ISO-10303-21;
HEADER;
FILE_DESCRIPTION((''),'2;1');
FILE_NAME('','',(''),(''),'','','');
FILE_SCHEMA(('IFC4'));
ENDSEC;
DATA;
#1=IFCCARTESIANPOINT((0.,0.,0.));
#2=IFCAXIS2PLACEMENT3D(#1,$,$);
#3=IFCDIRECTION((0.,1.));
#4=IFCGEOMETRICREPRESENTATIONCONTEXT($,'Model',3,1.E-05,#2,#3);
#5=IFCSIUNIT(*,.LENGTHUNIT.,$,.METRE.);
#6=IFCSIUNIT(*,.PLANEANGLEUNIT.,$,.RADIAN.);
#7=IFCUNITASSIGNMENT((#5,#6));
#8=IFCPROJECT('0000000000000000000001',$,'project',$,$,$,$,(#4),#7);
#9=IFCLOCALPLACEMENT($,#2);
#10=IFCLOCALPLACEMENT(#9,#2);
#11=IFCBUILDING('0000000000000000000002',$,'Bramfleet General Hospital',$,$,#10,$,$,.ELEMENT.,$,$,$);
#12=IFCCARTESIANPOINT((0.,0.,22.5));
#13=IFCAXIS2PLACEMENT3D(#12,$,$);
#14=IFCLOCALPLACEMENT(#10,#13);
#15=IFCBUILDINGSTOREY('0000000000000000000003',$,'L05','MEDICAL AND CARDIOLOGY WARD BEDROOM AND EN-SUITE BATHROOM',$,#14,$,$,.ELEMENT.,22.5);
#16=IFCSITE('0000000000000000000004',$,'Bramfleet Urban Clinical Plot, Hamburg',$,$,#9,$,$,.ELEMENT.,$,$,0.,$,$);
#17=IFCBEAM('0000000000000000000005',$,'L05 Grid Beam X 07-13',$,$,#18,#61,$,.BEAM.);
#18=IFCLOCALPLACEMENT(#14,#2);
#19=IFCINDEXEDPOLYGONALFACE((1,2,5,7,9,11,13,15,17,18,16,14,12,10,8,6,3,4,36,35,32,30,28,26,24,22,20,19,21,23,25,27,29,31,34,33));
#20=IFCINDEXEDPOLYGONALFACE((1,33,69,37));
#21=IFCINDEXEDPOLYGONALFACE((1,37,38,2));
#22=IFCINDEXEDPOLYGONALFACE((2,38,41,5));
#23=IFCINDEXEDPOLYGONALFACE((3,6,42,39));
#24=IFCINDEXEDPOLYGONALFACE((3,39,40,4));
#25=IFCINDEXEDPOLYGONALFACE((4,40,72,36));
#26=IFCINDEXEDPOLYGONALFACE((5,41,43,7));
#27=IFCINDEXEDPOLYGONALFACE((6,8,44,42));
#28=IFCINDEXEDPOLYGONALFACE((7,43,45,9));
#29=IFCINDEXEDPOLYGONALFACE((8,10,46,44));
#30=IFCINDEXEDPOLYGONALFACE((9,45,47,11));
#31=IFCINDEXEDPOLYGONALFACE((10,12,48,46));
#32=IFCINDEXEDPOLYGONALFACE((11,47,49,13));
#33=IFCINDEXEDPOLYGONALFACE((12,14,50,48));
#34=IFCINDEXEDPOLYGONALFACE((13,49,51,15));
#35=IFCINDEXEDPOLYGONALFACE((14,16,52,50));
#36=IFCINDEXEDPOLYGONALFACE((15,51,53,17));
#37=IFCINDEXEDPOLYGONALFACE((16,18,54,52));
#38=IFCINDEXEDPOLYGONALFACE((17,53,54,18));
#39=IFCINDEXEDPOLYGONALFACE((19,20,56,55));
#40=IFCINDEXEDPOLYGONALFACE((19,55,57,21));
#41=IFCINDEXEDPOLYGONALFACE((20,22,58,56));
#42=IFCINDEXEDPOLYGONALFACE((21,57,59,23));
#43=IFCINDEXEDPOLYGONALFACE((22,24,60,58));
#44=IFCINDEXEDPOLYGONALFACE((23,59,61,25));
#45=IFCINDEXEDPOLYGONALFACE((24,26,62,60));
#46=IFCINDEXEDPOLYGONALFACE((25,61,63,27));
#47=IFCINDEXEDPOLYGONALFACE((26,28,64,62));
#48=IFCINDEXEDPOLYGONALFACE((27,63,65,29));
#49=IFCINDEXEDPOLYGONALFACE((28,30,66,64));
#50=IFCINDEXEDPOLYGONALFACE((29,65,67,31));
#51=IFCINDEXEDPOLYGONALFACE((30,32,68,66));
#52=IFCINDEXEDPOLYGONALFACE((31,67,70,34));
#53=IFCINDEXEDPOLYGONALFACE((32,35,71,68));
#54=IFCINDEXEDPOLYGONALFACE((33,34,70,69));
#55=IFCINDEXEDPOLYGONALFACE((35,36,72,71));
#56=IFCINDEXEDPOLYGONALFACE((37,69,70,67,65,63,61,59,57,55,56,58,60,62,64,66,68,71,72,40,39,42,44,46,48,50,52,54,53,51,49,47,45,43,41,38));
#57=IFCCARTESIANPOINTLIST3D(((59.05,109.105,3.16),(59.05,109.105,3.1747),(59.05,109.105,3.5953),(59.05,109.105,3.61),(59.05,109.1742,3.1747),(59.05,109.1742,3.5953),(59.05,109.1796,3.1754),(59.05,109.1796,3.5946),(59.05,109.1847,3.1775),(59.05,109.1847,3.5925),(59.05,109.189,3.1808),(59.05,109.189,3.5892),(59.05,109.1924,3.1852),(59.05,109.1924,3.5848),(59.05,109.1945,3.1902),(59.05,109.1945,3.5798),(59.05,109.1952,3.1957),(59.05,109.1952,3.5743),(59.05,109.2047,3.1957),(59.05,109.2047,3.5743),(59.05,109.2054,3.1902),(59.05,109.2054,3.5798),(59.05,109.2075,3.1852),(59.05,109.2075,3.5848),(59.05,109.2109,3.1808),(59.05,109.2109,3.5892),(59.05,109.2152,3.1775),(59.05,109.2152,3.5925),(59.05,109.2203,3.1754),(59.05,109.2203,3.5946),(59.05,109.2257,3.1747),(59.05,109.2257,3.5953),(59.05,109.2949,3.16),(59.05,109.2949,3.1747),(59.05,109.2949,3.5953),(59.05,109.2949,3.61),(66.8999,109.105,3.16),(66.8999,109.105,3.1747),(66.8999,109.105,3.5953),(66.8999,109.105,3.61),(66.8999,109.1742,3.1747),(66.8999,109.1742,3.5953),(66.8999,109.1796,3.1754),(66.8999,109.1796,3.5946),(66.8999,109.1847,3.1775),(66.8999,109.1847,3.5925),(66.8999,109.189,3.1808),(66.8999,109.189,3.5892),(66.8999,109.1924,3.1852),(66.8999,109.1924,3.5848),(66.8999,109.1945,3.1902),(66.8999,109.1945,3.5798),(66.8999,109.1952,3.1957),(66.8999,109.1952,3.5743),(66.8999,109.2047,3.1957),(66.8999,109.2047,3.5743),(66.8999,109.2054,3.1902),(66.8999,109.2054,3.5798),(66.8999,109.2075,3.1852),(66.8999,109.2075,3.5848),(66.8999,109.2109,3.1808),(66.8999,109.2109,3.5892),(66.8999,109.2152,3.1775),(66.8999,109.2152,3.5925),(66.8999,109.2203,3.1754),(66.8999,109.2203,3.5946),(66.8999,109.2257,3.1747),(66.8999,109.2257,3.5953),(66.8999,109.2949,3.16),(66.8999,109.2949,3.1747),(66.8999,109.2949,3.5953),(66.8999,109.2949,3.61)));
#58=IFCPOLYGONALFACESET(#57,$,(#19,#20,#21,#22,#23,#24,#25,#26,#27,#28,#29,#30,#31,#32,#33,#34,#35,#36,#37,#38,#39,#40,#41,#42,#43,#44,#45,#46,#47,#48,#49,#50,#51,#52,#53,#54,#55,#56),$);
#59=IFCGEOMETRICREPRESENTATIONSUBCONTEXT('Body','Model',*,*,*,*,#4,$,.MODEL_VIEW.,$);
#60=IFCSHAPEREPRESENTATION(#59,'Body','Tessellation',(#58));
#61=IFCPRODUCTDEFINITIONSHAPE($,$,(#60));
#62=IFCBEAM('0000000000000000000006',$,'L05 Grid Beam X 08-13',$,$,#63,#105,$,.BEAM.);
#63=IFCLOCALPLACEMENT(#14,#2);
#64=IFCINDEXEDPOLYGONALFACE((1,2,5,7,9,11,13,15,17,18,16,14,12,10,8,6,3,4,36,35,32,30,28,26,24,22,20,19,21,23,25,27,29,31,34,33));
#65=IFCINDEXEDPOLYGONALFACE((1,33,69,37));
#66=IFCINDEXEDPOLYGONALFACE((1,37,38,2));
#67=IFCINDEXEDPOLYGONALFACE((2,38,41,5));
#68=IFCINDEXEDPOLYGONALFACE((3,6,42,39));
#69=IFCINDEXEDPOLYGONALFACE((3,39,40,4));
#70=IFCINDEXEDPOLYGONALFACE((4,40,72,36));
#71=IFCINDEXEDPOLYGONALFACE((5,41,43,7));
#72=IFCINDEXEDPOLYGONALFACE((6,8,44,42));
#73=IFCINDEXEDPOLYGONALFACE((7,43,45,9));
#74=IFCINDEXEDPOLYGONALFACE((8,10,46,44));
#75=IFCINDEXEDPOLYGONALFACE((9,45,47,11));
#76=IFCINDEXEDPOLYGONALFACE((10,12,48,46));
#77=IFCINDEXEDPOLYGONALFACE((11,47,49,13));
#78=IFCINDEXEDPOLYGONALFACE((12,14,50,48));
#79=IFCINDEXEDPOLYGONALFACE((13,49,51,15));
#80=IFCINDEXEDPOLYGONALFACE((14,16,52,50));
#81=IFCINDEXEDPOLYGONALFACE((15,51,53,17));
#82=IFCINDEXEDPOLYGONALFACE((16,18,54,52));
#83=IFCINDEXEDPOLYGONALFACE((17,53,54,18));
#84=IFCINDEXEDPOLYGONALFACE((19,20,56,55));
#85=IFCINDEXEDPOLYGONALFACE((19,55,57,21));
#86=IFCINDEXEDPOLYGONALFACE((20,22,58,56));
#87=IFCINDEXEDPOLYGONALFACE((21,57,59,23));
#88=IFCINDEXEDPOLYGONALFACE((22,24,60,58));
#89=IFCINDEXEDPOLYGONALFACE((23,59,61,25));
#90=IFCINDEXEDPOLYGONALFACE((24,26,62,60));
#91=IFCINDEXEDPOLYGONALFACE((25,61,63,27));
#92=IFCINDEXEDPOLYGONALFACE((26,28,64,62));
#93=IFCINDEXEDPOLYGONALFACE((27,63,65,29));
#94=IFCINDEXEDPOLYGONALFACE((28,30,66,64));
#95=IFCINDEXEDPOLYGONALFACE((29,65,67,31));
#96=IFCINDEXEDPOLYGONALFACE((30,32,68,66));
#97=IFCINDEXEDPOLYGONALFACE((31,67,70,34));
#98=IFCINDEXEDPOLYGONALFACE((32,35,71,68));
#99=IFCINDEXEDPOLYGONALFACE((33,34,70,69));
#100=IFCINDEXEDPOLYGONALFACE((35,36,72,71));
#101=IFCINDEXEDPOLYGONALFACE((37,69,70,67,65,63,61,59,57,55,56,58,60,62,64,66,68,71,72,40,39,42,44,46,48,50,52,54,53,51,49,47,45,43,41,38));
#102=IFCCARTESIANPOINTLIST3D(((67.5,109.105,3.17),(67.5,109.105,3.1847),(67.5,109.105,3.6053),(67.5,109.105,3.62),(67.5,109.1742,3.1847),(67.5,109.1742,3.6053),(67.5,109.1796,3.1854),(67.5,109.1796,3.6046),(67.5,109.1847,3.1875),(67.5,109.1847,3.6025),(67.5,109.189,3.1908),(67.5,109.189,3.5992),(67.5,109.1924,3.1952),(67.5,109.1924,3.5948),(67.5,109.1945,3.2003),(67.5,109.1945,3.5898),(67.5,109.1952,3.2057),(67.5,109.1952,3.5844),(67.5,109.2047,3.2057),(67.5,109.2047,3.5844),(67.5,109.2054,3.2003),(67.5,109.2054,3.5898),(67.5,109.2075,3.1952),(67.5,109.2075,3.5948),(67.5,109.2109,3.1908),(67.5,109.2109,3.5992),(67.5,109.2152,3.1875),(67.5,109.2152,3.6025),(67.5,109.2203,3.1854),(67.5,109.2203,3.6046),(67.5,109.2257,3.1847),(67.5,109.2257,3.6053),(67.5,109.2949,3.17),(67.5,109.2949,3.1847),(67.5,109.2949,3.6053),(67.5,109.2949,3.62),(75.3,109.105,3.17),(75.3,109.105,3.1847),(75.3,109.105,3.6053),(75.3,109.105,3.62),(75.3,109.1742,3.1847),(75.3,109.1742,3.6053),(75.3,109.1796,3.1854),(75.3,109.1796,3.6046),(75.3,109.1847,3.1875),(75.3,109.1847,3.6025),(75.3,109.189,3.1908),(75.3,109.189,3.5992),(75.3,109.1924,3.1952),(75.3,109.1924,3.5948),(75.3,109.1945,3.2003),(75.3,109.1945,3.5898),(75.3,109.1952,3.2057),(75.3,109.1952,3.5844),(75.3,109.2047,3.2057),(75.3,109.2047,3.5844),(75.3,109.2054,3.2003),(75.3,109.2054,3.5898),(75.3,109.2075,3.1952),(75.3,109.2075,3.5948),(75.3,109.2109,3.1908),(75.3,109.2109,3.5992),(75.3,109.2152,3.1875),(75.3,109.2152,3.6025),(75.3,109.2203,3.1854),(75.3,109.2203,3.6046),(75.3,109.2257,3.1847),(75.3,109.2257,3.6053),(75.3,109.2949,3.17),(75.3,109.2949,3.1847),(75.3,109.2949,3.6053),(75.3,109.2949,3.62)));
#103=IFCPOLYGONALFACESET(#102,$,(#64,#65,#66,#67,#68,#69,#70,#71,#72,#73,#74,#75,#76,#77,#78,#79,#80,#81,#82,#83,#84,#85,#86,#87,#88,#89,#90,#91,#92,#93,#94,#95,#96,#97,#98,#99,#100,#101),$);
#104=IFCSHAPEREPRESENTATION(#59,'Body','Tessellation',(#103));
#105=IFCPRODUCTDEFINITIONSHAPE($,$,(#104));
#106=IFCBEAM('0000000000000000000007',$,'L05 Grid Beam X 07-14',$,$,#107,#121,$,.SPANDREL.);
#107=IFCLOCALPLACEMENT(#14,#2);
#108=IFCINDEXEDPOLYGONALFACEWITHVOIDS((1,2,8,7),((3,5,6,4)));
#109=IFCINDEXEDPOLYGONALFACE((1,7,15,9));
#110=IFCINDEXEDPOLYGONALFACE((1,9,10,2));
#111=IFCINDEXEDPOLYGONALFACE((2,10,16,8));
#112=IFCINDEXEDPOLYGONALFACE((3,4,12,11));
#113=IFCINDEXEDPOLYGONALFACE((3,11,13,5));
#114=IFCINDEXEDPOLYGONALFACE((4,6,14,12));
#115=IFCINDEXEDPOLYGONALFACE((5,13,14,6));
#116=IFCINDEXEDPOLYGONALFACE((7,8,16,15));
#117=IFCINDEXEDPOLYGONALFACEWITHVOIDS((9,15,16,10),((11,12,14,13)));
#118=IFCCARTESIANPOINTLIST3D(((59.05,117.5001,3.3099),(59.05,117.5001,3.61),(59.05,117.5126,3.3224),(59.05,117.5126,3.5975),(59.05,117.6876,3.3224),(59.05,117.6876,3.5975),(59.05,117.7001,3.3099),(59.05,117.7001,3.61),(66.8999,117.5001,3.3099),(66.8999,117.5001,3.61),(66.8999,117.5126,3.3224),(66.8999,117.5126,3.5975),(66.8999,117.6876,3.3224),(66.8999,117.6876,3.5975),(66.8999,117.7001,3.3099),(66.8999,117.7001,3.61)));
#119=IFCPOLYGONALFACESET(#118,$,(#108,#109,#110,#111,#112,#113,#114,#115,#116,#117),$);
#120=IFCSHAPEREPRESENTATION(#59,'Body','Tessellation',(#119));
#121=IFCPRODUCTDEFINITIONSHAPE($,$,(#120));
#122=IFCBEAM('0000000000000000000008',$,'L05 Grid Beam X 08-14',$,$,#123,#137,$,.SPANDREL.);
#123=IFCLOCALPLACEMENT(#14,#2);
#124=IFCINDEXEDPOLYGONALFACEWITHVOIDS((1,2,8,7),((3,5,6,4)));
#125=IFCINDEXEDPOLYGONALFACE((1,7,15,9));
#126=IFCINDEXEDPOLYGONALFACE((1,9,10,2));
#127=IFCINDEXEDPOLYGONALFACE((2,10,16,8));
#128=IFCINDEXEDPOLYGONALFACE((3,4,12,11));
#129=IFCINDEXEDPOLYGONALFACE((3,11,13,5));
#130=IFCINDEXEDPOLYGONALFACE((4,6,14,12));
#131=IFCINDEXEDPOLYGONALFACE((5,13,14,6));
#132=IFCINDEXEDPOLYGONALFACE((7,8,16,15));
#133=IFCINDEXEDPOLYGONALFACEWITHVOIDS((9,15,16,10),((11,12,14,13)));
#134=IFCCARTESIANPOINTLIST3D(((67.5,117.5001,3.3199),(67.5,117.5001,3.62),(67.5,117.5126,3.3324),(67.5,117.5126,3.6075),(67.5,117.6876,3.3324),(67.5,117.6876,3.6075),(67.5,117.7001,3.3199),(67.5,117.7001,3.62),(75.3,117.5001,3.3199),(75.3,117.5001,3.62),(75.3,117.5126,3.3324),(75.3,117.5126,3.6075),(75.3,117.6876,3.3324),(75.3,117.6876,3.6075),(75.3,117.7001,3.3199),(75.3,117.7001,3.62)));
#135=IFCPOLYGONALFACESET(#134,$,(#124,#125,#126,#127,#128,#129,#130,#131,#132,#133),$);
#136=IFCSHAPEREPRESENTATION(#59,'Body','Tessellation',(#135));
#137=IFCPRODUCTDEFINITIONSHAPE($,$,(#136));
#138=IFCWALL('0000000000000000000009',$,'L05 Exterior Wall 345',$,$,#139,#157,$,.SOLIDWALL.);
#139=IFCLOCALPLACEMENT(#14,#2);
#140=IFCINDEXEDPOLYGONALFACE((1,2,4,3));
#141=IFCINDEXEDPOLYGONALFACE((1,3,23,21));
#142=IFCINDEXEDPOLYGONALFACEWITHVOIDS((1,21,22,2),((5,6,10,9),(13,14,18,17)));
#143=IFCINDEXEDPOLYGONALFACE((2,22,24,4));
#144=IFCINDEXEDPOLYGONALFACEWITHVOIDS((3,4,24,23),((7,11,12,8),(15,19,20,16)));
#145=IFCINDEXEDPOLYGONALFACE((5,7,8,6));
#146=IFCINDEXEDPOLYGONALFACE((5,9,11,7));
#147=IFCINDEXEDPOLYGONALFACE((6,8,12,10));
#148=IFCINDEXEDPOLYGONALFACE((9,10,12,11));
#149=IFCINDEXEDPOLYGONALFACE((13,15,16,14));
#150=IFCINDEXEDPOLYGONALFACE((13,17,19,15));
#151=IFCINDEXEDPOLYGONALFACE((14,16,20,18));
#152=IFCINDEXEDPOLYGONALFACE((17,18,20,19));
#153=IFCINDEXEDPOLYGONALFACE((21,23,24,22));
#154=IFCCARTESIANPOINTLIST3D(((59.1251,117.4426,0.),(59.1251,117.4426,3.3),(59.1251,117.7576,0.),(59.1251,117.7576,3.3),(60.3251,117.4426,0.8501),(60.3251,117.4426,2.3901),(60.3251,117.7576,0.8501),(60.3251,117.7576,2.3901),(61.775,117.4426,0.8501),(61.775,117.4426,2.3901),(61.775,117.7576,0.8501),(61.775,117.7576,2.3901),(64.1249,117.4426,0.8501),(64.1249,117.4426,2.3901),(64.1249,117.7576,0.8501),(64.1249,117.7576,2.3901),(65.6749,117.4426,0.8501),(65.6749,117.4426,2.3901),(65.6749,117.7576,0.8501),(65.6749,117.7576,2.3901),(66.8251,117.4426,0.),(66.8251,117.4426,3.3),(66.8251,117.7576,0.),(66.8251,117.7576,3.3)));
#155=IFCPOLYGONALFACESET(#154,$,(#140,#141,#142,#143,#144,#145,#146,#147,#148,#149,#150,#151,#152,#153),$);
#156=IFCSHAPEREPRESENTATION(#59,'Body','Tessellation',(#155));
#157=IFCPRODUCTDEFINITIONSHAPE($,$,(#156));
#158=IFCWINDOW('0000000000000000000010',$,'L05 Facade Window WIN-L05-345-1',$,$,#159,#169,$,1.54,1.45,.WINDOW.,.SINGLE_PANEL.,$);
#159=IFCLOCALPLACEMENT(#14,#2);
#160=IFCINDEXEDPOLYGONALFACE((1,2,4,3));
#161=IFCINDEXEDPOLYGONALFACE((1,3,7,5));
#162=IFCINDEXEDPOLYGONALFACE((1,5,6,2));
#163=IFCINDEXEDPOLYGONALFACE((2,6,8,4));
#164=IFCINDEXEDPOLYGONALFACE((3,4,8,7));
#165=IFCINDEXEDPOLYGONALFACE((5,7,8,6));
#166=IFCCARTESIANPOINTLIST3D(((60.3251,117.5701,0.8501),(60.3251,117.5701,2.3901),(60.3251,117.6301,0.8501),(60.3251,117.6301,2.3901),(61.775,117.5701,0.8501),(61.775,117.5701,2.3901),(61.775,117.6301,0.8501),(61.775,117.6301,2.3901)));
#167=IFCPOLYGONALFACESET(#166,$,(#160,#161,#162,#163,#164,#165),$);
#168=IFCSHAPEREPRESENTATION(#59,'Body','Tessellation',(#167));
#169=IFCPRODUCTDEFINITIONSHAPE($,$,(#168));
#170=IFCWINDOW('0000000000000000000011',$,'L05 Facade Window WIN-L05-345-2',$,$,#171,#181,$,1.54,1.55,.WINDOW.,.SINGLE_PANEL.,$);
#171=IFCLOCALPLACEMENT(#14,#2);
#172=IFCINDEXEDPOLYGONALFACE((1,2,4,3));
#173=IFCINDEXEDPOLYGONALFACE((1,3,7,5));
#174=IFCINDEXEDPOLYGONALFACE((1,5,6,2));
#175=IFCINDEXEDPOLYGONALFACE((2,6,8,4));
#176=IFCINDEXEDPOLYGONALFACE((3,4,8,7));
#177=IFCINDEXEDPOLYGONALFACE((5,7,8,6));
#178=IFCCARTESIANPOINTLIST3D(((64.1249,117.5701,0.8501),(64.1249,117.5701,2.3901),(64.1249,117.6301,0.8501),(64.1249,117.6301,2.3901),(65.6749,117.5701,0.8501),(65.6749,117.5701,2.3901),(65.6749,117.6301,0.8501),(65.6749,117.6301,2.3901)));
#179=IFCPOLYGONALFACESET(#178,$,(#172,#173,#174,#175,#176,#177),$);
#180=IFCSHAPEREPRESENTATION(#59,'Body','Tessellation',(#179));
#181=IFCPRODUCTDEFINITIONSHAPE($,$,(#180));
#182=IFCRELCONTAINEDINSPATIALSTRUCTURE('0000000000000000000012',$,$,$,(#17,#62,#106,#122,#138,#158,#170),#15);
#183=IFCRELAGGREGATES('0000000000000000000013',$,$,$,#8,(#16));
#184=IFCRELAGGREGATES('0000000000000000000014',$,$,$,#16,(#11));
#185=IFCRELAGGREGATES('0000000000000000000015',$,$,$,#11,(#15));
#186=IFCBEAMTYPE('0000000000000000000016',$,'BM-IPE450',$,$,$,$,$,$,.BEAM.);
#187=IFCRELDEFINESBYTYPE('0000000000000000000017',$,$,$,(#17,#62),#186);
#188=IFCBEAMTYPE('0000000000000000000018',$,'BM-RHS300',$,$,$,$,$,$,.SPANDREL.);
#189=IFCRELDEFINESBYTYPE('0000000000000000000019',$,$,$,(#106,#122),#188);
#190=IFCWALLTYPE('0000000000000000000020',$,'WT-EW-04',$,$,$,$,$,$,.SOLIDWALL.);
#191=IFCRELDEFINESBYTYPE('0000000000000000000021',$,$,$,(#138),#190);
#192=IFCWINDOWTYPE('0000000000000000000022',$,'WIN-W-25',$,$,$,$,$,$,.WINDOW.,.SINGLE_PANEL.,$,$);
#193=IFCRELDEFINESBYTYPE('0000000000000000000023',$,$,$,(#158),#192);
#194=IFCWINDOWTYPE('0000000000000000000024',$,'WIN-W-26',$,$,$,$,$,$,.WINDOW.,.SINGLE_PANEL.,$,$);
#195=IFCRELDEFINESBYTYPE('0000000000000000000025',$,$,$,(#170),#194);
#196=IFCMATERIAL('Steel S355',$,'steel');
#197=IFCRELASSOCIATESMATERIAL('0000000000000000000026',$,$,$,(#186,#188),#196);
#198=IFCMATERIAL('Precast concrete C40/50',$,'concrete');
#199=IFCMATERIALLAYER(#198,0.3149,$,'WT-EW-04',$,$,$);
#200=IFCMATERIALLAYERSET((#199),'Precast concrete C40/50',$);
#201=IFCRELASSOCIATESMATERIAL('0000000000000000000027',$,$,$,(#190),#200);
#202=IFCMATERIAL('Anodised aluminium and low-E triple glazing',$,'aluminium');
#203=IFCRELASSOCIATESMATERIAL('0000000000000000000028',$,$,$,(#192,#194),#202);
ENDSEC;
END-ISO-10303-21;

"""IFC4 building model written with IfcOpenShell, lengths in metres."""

from ifc_helpers import new_model, si_unit, direction, frame, frame_2d, origin, origin_2d, place, context, subcontext, project, spatial, rectangle, hollow_rectangle, i_section, extrude, material, layer, layer_set, material_profile, profile_set, type_object, element, fill, save


model = new_model("IFC4")

# Units and contexts
model_context = context("Model", 3, precision=1e-05, world=origin(), true_north=direction((0.0, 1.0)))
body_context = subcontext(model_context, "Body", "Model", "MODEL_VIEW")
ifc_project = project(units=[si_unit("LENGTHUNIT", "METRE"), si_unit("PLANEANGLEUNIT", "RADIAN")], contexts=[model_context])

# Site, building, storey
site_placement = place(None, origin())
site = spatial("IfcSite", under=ifc_project, at=site_placement, Name="Bramfleet Urban Clinical Plot, Hamburg", CompositionType="ELEMENT", RefElevation=0.0)
building_placement = place(site_placement, origin())
building = spatial("IfcBuilding", under=site, at=building_placement, Name="Bramfleet General Hospital", CompositionType="ELEMENT")
storey_placement = place(building_placement, frame((0.0, 0.0, 22.5)))
storey = spatial("IfcBuildingStorey", under=building, at=storey_placement, Name="L05", Description="MEDICAL AND CARDIOLOGY WARD BEDROOM AND EN-SUITE BATHROOM", CompositionType="ELEMENT", Elevation=22.5)

# Beams
ifc_material_1 = material(Name="Steel S355", Category="steel")
ifc_material_profile_1 = material_profile(ifc_material_1, i_section(OverallWidth=0.1899, OverallDepth=0.45, WebThickness=0.0095, FlangeThickness=0.0146, FilletRadius=0.021, at=origin_2d()), Name="IPE 450")
ifc_profile_set_1 = profile_set([ifc_material_profile_1], Name="Steel S355")
beam_type_1 = type_object("IfcBeamType", Name="BM-IPE450", PredefinedType="BEAM", material=ifc_profile_set_1)
beam_1_placement = place(storey_placement, frame((59.05, 109.2, 3.385), z_axis=(1.0, 0.0, 0.0), x_axis=(0.0, 1.0, 0.0)))
element("IfcBeam", 1, at=beam_1_placement, inside=storey, type_object=beam_type_1, Name="L05 Grid Beam X 07-13", PredefinedType="BEAM", context=body_context, shape_type="SweptSolid", body=[
    extrude(i_section(OverallWidth=0.1899, OverallDepth=0.45, WebThickness=0.0095, FlangeThickness=0.0146, FilletRadius=0.021, at=origin_2d()), origin(), (0.0, 0.0, 1.0), 7.8499),
])
beam_2_placement = place(storey_placement, frame((67.5, 109.2, 3.395), z_axis=(1.0, 0.0, 0.0), x_axis=(0.0, 1.0, 0.0)))
element("IfcBeam", 2, at=beam_2_placement, inside=storey, type_object=beam_type_1, Name="L05 Grid Beam X 08-13", PredefinedType="BEAM", context=body_context, shape_type="SweptSolid", body=[
    extrude(i_section(OverallWidth=0.1899, OverallDepth=0.45, WebThickness=0.0095, FlangeThickness=0.0146, FilletRadius=0.021, at=origin_2d()), origin(), (0.0, 0.0, 1.0), 7.8),
])
ifc_material_profile_2 = material_profile(ifc_material_1, hollow_rectangle(XDim=0.2, YDim=0.3, WallThickness=0.0125, at=origin_2d()), Name="RHS 300x200x12.5")
ifc_profile_set_2 = profile_set([ifc_material_profile_2], Name="Steel S355")
beam_type_2 = type_object("IfcBeamType", Name="BM-RHS300", PredefinedType="SPANDREL", material=ifc_profile_set_2)
beam_3_placement = place(storey_placement, frame((59.05, 117.6001, 3.46), z_axis=(1.0, 0.0, 0.0), x_axis=(0.0, 1.0, 0.0)))
element("IfcBeam", 3, at=beam_3_placement, inside=storey, type_object=beam_type_2, Name="L05 Grid Beam X 07-14", PredefinedType="SPANDREL", context=body_context, shape_type="SweptSolid", body=[
    extrude(hollow_rectangle(XDim=0.2, YDim=0.3, WallThickness=0.0125, at=origin_2d()), origin(), (0.0, 0.0, 1.0), 7.8499),
])
beam_4_placement = place(storey_placement, frame((67.5, 117.6001, 3.47), z_axis=(1.0, 0.0, 0.0), x_axis=(0.0, 1.0, 0.0)))
element("IfcBeam", 4, at=beam_4_placement, inside=storey, type_object=beam_type_2, Name="L05 Grid Beam X 08-14", PredefinedType="SPANDREL", context=body_context, shape_type="SweptSolid", body=[
    extrude(hollow_rectangle(XDim=0.2, YDim=0.3, WallThickness=0.0125, at=origin_2d()), origin(), (0.0, 0.0, 1.0), 7.8),
])

# Wall, openings, windows
ifc_material_2 = material(Name="Precast concrete C40/50", Category="concrete")
ifc_layer_1 = layer(ifc_material_2, 0.3149, Name="WT-EW-04")
ifc_layer_set_1 = layer_set([ifc_layer_1], Name="Precast concrete C40/50")
wall_type_1 = type_object("IfcWallType", Name="WT-EW-04", PredefinedType="SOLIDWALL", material=ifc_layer_set_1)
wall_1_placement = place(storey_placement, frame((59.125, 117.6001, 0.0), z_axis=(0.0, 0.0, 1.0), x_axis=(1.0, 0.0, 0.0)))
wall_1 = element("IfcWall", 5, at=wall_1_placement, inside=storey, type_object=wall_type_1, Name="L05 Exterior Wall 345", PredefinedType="SOLIDWALL", context=body_context, shape_type="SweptSolid", body=[
    extrude(rectangle(XDim=7.7, YDim=0.3149, at=frame_2d((3.8501, 0.0))), origin(), (0.0, 0.0, 1.0), 3.3),
])
opening_1_placement = place(wall_1_placement, frame((1.2, 0.0, 0.8501)))
opening_1 = element("IfcOpeningElement", 6, at=opening_1_placement, cuts=wall_1, PredefinedType="OPENING", context=body_context, shape_type="SweptSolid", body=[
    extrude(rectangle(XDim=1.45, YDim=1.54, at=frame_2d((0.7251, 0.77))), frame((0.0, 0.1675, 0.0), z_axis=(0.0, -1.0, 0.0), x_axis=(1.0, 0.0, 0.0)), (0.0, 0.0, 1.0), 0.335),
])
opening_2_placement = place(wall_1_placement, frame((5.0, 0.0, 0.8501)))
opening_2 = element("IfcOpeningElement", 7, at=opening_2_placement, cuts=wall_1, PredefinedType="OPENING", context=body_context, shape_type="SweptSolid", body=[
    extrude(rectangle(XDim=1.55, YDim=1.54, at=frame_2d((0.7749, 0.77))), frame((0.0, 0.1675, 0.0), z_axis=(0.0, -1.0, 0.0), x_axis=(1.0, 0.0, 0.0)), (0.0, 0.0, 1.0), 0.335),
])
ifc_material_3 = material(Name="Anodised aluminium and low-E triple glazing", Category="aluminium")
window_type_1 = type_object("IfcWindowType", Name="WIN-W-25", PartitioningType="SINGLE_PANEL", PredefinedType="WINDOW", material=ifc_material_3)
window_1_placement = place(opening_1_placement, origin())
window_1 = element("IfcWindow", 8, at=window_1_placement, inside=storey, type_object=window_type_1, Name="L05 Facade Window WIN-L05-345-1", OverallHeight=1.54, OverallWidth=1.45, PartitioningType="SINGLE_PANEL", PredefinedType="WINDOW", context=body_context, shape_type="SweptSolid", body=[
    extrude(rectangle(XDim=1.45, YDim=1.54, at=frame_2d((0.7251, 0.77))), frame((0.0, 0.03, 0.0), z_axis=(0.0, -1.0, 0.0), x_axis=(1.0, 0.0, 0.0)), (0.0, 0.0, 1.0), 0.0601),
])
fill(opening_1, window_1)
window_type_2 = type_object("IfcWindowType", Name="WIN-W-26", PartitioningType="SINGLE_PANEL", PredefinedType="WINDOW", material=ifc_material_3)
window_2_placement = place(opening_2_placement, origin())
window_2 = element("IfcWindow", 9, at=window_2_placement, inside=storey, type_object=window_type_2, Name="L05 Facade Window WIN-L05-345-2", OverallHeight=1.54, OverallWidth=1.55, PartitioningType="SINGLE_PANEL", PredefinedType="WINDOW", context=body_context, shape_type="SweptSolid", body=[
    extrude(rectangle(XDim=1.55, YDim=1.54, at=frame_2d((0.7749, 0.77))), frame((0.0, 0.03, 0.0), z_axis=(0.0, -1.0, 0.0), x_axis=(1.0, 0.0, 0.0)), (0.0, 0.0, 1.0), 0.0601),
])
fill(opening_2, window_2)

save(model, "model.ifc")
